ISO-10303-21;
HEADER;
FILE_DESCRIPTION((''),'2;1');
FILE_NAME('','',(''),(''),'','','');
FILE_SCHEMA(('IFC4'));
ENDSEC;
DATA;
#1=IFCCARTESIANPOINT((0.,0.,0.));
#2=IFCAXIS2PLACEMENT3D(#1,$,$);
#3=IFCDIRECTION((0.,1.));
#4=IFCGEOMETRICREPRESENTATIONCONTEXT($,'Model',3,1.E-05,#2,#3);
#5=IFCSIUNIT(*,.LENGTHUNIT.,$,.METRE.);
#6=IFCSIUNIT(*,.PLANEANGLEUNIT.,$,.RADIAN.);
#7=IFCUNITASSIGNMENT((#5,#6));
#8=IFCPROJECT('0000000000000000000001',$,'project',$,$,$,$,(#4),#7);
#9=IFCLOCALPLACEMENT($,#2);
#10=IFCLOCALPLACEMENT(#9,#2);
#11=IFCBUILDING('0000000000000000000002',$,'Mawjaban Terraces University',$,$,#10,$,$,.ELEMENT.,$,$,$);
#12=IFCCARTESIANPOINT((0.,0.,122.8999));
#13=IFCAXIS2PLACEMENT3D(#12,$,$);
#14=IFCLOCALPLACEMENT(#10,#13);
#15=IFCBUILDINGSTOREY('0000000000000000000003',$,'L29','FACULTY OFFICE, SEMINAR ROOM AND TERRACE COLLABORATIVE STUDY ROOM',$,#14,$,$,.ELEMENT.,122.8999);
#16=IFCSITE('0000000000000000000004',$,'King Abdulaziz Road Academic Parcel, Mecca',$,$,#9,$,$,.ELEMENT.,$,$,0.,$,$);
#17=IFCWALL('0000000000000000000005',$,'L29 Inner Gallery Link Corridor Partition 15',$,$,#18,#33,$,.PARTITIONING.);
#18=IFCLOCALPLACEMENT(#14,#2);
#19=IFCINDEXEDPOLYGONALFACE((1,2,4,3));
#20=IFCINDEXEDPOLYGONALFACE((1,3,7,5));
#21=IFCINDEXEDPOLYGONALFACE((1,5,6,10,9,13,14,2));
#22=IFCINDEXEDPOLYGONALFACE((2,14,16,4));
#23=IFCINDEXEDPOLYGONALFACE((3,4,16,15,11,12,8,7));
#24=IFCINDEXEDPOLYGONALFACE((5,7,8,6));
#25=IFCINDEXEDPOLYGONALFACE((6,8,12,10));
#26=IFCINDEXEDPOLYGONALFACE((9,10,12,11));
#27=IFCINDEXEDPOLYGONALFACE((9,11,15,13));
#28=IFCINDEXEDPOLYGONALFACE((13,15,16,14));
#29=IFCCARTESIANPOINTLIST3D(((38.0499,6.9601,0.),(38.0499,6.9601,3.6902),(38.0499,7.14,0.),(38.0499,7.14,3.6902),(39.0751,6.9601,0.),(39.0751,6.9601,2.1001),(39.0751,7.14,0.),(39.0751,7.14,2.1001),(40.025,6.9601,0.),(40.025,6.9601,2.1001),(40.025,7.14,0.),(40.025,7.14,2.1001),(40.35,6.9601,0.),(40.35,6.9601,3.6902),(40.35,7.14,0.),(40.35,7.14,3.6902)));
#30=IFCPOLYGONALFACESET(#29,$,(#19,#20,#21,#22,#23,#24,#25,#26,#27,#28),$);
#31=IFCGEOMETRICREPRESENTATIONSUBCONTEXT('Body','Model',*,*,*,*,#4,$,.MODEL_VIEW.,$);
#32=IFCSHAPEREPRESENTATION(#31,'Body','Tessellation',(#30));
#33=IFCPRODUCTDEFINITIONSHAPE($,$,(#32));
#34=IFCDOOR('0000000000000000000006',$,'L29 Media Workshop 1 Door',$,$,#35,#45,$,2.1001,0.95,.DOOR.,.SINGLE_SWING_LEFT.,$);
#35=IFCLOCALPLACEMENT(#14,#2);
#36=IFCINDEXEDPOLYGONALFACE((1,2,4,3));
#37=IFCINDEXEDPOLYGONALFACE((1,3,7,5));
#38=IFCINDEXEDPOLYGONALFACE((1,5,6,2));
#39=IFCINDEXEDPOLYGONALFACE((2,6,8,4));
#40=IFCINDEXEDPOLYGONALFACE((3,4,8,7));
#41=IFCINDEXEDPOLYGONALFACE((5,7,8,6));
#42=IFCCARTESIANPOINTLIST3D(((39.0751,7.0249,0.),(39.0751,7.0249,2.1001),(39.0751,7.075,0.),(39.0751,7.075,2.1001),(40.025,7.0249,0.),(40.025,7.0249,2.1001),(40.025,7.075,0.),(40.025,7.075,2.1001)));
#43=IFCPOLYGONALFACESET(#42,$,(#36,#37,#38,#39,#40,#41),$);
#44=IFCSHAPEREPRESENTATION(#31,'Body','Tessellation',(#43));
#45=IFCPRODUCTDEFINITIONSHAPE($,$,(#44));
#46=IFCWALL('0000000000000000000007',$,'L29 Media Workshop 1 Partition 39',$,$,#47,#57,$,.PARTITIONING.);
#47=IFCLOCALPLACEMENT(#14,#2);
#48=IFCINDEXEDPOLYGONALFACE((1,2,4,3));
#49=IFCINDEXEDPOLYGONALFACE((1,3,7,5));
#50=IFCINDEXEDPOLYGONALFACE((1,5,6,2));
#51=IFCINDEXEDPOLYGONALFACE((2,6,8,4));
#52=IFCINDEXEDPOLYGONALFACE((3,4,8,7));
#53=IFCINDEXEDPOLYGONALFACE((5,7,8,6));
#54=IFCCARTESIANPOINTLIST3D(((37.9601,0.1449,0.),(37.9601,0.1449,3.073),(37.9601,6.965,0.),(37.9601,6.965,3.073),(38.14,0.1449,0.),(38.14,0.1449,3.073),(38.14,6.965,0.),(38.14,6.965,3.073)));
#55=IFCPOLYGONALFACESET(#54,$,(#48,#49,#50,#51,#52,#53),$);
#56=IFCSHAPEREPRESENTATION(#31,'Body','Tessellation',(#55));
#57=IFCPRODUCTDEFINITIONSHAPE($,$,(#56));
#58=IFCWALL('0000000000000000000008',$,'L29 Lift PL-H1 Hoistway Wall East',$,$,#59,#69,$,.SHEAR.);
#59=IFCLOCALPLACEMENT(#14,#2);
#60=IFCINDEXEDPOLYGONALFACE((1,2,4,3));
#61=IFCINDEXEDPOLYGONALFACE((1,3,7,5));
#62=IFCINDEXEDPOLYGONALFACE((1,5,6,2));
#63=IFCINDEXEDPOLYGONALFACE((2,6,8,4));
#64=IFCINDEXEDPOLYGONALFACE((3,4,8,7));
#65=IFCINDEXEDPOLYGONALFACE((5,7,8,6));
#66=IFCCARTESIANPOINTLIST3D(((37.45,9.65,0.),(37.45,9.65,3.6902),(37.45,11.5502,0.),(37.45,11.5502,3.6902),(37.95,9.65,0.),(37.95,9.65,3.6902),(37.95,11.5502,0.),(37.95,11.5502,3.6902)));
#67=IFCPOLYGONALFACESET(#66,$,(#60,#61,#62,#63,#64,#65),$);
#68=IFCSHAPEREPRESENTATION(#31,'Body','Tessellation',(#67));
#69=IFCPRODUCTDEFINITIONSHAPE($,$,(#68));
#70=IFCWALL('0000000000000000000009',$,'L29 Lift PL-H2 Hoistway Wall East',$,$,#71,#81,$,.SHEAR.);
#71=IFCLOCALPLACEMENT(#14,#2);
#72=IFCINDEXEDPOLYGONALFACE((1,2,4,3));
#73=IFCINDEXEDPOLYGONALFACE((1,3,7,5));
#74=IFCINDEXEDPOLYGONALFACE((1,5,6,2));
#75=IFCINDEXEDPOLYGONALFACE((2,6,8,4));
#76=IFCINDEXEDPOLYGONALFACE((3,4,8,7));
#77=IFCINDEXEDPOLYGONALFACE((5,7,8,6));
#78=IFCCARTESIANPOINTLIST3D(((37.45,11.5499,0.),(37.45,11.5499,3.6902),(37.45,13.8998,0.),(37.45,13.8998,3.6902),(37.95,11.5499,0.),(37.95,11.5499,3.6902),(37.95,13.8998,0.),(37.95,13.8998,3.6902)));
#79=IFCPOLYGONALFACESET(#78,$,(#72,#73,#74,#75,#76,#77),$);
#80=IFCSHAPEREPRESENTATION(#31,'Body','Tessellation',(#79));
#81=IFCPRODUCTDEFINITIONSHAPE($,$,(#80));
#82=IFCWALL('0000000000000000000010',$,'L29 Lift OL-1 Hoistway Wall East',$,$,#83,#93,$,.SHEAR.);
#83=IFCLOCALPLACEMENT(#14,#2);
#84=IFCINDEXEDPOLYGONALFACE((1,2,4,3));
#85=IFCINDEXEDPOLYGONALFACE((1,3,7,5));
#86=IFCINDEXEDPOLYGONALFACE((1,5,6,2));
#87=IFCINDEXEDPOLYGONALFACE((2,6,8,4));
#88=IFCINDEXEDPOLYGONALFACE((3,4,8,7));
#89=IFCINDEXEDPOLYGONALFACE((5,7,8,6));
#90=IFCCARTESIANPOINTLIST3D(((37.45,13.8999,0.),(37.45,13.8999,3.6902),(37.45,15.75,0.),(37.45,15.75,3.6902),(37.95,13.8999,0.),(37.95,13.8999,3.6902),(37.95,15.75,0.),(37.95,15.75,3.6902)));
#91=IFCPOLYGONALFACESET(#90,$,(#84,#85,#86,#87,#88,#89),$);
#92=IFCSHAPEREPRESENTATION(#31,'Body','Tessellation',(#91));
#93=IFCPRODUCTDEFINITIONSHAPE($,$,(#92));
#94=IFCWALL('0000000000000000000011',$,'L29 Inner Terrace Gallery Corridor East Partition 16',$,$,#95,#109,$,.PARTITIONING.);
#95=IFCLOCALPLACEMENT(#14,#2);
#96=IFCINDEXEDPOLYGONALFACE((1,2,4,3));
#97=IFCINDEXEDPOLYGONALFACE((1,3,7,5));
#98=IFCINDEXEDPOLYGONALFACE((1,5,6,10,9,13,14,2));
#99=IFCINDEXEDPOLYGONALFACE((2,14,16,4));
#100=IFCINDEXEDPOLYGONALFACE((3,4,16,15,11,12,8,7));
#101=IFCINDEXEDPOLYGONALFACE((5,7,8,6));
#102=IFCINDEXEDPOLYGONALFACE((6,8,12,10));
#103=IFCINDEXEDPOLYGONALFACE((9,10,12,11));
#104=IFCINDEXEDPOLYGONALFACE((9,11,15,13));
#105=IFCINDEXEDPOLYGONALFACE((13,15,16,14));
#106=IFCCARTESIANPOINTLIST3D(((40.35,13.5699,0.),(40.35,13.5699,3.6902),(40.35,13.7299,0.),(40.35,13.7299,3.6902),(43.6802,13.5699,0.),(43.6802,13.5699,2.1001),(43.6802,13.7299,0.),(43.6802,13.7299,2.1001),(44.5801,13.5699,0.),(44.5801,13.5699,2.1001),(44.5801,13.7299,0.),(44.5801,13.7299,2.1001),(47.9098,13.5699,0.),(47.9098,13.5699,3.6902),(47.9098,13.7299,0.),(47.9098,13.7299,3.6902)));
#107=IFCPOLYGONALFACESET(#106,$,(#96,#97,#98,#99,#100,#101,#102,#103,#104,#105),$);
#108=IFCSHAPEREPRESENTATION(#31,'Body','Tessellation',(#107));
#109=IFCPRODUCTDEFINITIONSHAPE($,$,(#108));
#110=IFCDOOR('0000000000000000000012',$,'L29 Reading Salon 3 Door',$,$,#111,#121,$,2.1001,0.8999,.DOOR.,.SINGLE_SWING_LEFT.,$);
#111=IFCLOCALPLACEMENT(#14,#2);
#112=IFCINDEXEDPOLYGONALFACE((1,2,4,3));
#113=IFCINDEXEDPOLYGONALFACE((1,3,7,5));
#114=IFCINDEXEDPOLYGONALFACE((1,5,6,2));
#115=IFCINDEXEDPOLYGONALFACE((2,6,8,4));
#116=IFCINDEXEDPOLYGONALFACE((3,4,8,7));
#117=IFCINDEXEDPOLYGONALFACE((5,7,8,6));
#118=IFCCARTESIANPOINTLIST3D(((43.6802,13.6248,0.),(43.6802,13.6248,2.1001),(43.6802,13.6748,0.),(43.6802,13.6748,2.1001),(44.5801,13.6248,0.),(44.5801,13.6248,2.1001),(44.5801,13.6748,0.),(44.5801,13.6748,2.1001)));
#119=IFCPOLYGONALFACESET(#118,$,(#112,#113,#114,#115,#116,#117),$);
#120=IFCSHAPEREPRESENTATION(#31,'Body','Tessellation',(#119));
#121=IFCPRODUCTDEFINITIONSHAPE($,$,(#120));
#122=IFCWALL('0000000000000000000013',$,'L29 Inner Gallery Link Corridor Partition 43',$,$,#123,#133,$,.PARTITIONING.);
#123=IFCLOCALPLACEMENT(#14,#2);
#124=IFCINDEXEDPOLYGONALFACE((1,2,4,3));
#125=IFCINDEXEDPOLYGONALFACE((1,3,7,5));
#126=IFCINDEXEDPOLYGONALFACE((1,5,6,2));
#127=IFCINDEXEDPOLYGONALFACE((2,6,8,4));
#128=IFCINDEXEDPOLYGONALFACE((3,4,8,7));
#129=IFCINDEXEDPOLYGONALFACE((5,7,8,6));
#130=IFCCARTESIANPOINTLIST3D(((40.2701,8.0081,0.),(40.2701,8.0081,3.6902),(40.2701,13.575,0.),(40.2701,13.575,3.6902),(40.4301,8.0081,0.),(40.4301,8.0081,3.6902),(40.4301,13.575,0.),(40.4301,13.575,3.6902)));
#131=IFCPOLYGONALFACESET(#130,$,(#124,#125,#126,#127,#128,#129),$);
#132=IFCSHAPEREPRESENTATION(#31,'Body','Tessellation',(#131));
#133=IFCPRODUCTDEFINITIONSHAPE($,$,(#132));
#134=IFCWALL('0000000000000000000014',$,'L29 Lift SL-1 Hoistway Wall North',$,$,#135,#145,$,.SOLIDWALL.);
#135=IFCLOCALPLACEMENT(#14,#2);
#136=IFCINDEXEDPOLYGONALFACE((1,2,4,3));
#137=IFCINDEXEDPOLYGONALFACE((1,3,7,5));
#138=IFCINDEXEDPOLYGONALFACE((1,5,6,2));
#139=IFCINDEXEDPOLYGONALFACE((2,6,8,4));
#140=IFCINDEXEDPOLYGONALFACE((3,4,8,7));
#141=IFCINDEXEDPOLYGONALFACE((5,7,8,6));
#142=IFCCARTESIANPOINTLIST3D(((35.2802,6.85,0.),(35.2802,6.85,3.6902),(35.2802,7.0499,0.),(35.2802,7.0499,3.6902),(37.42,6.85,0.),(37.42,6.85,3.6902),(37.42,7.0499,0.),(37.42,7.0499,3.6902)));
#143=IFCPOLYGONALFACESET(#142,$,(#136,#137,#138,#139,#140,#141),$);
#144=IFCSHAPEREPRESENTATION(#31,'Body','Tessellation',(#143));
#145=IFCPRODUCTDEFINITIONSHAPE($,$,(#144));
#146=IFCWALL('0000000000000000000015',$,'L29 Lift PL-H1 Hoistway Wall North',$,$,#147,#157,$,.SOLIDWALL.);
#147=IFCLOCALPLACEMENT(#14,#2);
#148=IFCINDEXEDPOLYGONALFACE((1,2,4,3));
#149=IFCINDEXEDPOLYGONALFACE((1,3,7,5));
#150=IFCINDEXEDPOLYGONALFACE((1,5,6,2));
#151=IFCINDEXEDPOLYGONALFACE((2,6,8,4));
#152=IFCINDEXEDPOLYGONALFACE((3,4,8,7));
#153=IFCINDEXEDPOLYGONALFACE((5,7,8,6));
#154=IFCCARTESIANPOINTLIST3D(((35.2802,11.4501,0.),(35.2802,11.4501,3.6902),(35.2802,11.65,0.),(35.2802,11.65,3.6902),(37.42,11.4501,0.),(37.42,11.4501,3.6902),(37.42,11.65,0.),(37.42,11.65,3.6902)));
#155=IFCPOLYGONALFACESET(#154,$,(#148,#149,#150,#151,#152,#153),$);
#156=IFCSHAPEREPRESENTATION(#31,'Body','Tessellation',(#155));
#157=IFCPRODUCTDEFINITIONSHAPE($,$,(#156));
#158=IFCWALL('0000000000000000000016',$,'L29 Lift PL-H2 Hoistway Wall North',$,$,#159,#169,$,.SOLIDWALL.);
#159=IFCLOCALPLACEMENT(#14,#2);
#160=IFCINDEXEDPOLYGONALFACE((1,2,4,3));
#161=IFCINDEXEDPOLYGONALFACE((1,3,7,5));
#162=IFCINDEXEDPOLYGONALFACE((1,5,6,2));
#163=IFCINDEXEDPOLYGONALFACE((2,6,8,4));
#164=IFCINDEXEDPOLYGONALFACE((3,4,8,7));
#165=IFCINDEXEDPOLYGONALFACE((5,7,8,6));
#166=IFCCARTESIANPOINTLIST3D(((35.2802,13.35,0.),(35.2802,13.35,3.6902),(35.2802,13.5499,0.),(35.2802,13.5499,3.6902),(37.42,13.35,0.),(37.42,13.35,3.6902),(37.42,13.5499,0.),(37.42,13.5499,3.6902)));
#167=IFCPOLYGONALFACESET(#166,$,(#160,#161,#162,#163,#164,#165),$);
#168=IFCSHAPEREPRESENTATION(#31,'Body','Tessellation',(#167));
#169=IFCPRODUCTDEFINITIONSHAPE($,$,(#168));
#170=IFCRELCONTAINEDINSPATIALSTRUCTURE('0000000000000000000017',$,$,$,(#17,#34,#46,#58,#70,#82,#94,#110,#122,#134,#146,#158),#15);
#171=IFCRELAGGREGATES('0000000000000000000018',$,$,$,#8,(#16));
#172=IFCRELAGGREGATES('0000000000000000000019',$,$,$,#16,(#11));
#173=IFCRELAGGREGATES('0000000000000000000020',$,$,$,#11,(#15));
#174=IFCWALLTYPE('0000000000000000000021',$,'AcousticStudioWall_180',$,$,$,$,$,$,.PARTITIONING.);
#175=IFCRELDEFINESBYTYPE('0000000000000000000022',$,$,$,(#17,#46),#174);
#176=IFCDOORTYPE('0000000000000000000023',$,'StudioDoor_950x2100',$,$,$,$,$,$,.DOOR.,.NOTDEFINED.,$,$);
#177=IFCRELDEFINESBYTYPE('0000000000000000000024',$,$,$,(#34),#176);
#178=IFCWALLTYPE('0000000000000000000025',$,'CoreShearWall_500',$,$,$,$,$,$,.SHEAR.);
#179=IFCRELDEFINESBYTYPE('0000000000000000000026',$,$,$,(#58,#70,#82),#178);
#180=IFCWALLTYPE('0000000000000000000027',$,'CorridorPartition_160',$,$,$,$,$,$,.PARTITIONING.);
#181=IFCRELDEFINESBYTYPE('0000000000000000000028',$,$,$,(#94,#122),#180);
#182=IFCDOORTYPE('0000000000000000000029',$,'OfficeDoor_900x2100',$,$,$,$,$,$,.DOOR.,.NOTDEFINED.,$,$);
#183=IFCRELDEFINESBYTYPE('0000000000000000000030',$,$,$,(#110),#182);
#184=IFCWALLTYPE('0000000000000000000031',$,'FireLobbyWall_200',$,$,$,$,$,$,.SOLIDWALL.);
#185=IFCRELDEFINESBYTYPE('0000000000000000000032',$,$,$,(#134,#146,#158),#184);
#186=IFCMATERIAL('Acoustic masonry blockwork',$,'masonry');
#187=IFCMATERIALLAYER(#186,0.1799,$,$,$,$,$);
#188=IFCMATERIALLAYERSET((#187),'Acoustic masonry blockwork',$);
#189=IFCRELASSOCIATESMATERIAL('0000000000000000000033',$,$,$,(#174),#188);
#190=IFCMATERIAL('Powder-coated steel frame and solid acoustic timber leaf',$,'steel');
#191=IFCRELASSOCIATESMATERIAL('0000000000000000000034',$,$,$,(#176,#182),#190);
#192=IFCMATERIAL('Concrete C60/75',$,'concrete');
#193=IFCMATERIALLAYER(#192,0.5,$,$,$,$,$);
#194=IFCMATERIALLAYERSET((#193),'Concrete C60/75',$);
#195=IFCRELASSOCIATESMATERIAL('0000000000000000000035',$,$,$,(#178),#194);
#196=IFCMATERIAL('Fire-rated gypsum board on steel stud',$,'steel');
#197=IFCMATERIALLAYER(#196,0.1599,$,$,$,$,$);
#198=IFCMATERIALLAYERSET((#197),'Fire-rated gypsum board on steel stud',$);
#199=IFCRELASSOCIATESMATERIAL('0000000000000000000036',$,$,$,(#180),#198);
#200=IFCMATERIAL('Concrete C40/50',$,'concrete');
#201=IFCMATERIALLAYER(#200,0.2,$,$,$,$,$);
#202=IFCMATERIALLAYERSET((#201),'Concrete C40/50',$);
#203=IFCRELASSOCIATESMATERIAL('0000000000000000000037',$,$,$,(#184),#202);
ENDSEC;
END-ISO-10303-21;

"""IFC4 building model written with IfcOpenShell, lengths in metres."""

from ifc_helpers import new_model, si_unit, direction, frame, frame_2d, origin, place, context, subcontext, project, spatial, rectangle, extrude, material, layer, layer_set, type_object, element, fill, save


model = new_model("IFC4")

# Units and contexts
model_context = context("Model", 3, precision=1e-05, world=origin(), true_north=direction((0.0, 1.0)))
body_context = subcontext(model_context, "Body", "Model", "MODEL_VIEW")
ifc_project = project(units=[si_unit("LENGTHUNIT", "METRE"), si_unit("PLANEANGLEUNIT", "RADIAN")], contexts=[model_context])

# Site, building, storey
site_placement = place(None, origin())
site = spatial("IfcSite", under=ifc_project, at=site_placement, Name="King Abdulaziz Road Academic Parcel, Mecca", CompositionType="ELEMENT", RefElevation=0.0)
building_placement = place(site_placement, origin())
building = spatial("IfcBuilding", under=site, at=building_placement, Name="Mawjaban Terraces University", CompositionType="ELEMENT")
storey_placement = place(building_placement, frame((0.0, 0.0, 122.8999)))
storey = spatial("IfcBuildingStorey", under=building, at=storey_placement, Name="L29", Description="FACULTY OFFICE, SEMINAR ROOM AND TERRACE COLLABORATIVE STUDY ROOM", CompositionType="ELEMENT", Elevation=122.8999)

# Wall, opening, door
ifc_material_1 = material(Name="Acoustic masonry blockwork", Category="masonry")
ifc_layer_1 = layer(ifc_material_1, 0.1799)
ifc_layer_set_1 = layer_set([ifc_layer_1], Name="Acoustic masonry blockwork")
wall_type_1 = type_object("IfcWallType", Name="AcousticStudioWall_180", PredefinedType="PARTITIONING", material=ifc_layer_set_1)
wall_1_placement = place(storey_placement, frame((38.05, 7.05, 0.0), z_axis=(0.0, 0.0, 1.0), x_axis=(1.0, 0.0, 0.0)))
wall_1 = element("IfcWall", 1, at=wall_1_placement, inside=storey, type_object=wall_type_1, Name="L29 Inner Gallery Link Corridor Partition 15", PredefinedType="PARTITIONING", context=body_context, shape_type="SweptSolid", body=[
    extrude(rectangle(XDim=2.3, YDim=0.1799, at=frame_2d((1.1499, 0.0))), origin(), (0.0, 0.0, 1.0), 3.6902),
])
opening_1_placement = place(wall_1_placement, frame((1.0249, 0.0, 0.0)))
opening_1 = element("IfcOpeningElement", 2, at=opening_1_placement, cuts=wall_1, PredefinedType="OPENING", context=body_context, shape_type="SweptSolid", body=[
    extrude(rectangle(XDim=0.95, YDim=2.1001, at=frame_2d((0.4751, 1.05))), frame((0.0, 0.0999, 0.0), z_axis=(0.0, -1.0, 0.0), x_axis=(1.0, 0.0, 0.0)), (0.0, 0.0, 1.0), 0.2),
])
ifc_material_2 = material(Name="Powder-coated steel frame and solid acoustic timber leaf", Category="steel")
door_type_1 = type_object("IfcDoorType", Name="StudioDoor_950x2100", OperationType="NOTDEFINED", PredefinedType="DOOR", material=ifc_material_2)
door_1_placement = place(opening_1_placement, origin())
door_1 = element("IfcDoor", 3, at=door_1_placement, inside=storey, type_object=door_type_1, Name="L29 Media Workshop 1 Door", OperationType="SINGLE_SWING_LEFT", OverallHeight=2.1001, OverallWidth=0.95, PredefinedType="DOOR", context=body_context, shape_type="SweptSolid", body=[
    extrude(rectangle(XDim=0.95, YDim=2.1001, at=frame_2d((0.4751, 1.05))), frame((0.0, 0.0249, 0.0), z_axis=(0.0, -1.0, 0.0), x_axis=(1.0, 0.0, 0.0)), (0.0, 0.0, 1.0), 0.05),
])
fill(opening_1, door_1)

# Walls
wall_2_placement = place(storey_placement, frame((38.05, 6.9651, 0.0), z_axis=(0.0, 0.0, 1.0), x_axis=(0.0, -1.0, 0.0)))
element("IfcWall", 4, at=wall_2_placement, inside=storey, type_object=wall_type_1, Name="L29 Media Workshop 1 Partition 39", PredefinedType="PARTITIONING", context=body_context, shape_type="SweptSolid", body=[
    extrude(rectangle(XDim=6.8201, YDim=0.1799, at=frame_2d((3.4102, 0.0))), origin(), (0.0, 0.0, 1.0), 3.073),
])
ifc_material_3 = material(Name="Concrete C60/75", Category="concrete")
ifc_layer_2 = layer(ifc_material_3, 0.5)
ifc_layer_set_2 = layer_set([ifc_layer_2], Name="Concrete C60/75")
wall_type_2 = type_object("IfcWallType", Name="CoreShearWall_500", PredefinedType="SHEAR", material=ifc_layer_set_2)
wall_3_placement = place(storey_placement, frame((37.7, 9.6499, 0.0), z_axis=(0.0, 0.0, 1.0), x_axis=(0.0, 1.0, 0.0)))
element("IfcWall", 5, at=wall_3_placement, inside=storey, type_object=wall_type_2, Name="L29 Lift PL-H1 Hoistway Wall East", PredefinedType="SHEAR", context=body_context, shape_type="SweptSolid", body=[
    extrude(rectangle(XDim=1.9001, YDim=0.5, at=frame_2d((0.9502, 0.0))), origin(), (0.0, 0.0, 1.0), 3.6902),
])
wall_4_placement = place(storey_placement, frame((37.7, 11.55, 0.0), z_axis=(0.0, 0.0, 1.0), x_axis=(0.0, 1.0, 0.0)))
element("IfcWall", 6, at=wall_4_placement, inside=storey, type_object=wall_type_2, Name="L29 Lift PL-H2 Hoistway Wall East", PredefinedType="SHEAR", context=body_context, shape_type="SweptSolid", body=[
    extrude(rectangle(XDim=2.3499, YDim=0.5, at=frame_2d((1.1748, 0.0))), origin(), (0.0, 0.0, 1.0), 3.6902),
])
wall_5_placement = place(storey_placement, frame((37.7, 13.8999, 0.0), z_axis=(0.0, 0.0, 1.0), x_axis=(0.0, 1.0, 0.0)))
element("IfcWall", 7, at=wall_5_placement, inside=storey, type_object=wall_type_2, Name="L29 Lift OL-1 Hoistway Wall East", PredefinedType="SHEAR", context=body_context, shape_type="SweptSolid", body=[
    extrude(rectangle(XDim=1.8501, YDim=0.5, at=frame_2d((0.925, 0.0))), origin(), (0.0, 0.0, 1.0), 3.6902),
])

# Wall, opening, door
ifc_material_4 = material(Name="Fire-rated gypsum board on steel stud", Category="steel")
ifc_layer_3 = layer(ifc_material_4, 0.1599)
ifc_layer_set_3 = layer_set([ifc_layer_3], Name="Fire-rated gypsum board on steel stud")
wall_type_3 = type_object("IfcWallType", Name="CorridorPartition_160", PredefinedType="PARTITIONING", material=ifc_layer_set_3)
wall_6_placement = place(storey_placement, frame((40.3501, 13.6499, 0.0), z_axis=(0.0, 0.0, 1.0), x_axis=(1.0, 0.0, 0.0)))
wall_6 = element("IfcWall", 8, at=wall_6_placement, inside=storey, type_object=wall_type_3, Name="L29 Inner Terrace Gallery Corridor East Partition 16", PredefinedType="PARTITIONING", context=body_context, shape_type="SweptSolid", body=[
    extrude(rectangle(XDim=7.5598, YDim=0.1599, at=frame_2d((3.7798, 0.0))), origin(), (0.0, 0.0, 1.0), 3.6902),
])
opening_2_placement = place(wall_6_placement, frame((3.3301, 0.0, 0.0)))
opening_2 = element("IfcOpeningElement", 9, at=opening_2_placement, cuts=wall_6, PredefinedType="OPENING", context=body_context, shape_type="SweptSolid", body=[
    extrude(rectangle(XDim=0.8999, YDim=2.1001, at=frame_2d((0.45, 1.05))), frame((0.0, 0.0898, 0.0), z_axis=(0.0, -1.0, 0.0), x_axis=(1.0, 0.0, 0.0)), (0.0, 0.0, 1.0), 0.1799),
])
door_type_2 = type_object("IfcDoorType", Name="OfficeDoor_900x2100", OperationType="NOTDEFINED", PredefinedType="DOOR", material=ifc_material_2)
door_2_placement = place(opening_2_placement, origin())
door_2 = element("IfcDoor", 10, at=door_2_placement, inside=storey, type_object=door_type_2, Name="L29 Reading Salon 3 Door", OperationType="SINGLE_SWING_LEFT", OverallHeight=2.1001, OverallWidth=0.8999, PredefinedType="DOOR", context=body_context, shape_type="SweptSolid", body=[
    extrude(rectangle(XDim=0.8999, YDim=2.1001, at=frame_2d((0.45, 1.05))), frame((0.0, 0.0249, 0.0), z_axis=(0.0, -1.0, 0.0), x_axis=(1.0, 0.0, 0.0)), (0.0, 0.0, 1.0), 0.05),
])
fill(opening_2, door_2)

# Walls
wall_7_placement = place(storey_placement, frame((40.3501, 8.0081, 0.0), z_axis=(0.0, 0.0, 1.0), x_axis=(0.0, 1.0, 0.0)))
element("IfcWall", 11, at=wall_7_placement, inside=storey, type_object=wall_type_3, Name="L29 Inner Gallery Link Corridor Partition 43", PredefinedType="PARTITIONING", context=body_context, shape_type="SweptSolid", body=[
    extrude(rectangle(XDim=5.5669, YDim=0.1599, at=frame_2d((2.7834, 0.0))), origin(), (0.0, 0.0, 1.0), 3.6902),
])
ifc_material_5 = material(Name="Concrete C40/50", Category="concrete")
ifc_layer_4 = layer(ifc_material_5, 0.2)
ifc_layer_set_4 = layer_set([ifc_layer_4], Name="Concrete C40/50")
wall_type_4 = type_object("IfcWallType", Name="FireLobbyWall_200", PredefinedType="SOLIDWALL", material=ifc_layer_set_4)
for number, where, z_axis, x_axis, name in (
    (12, (37.4199, 6.95, 0.0), (0.0, 0.0, 1.0), (-1.0, 0.0, 0.0), "L29 Lift SL-1 Hoistway Wall North"),
    (13, (37.4199, 11.55, 0.0), (0.0, 0.0, 1.0), (-1.0, 0.0, 0.0), "L29 Lift PL-H1 Hoistway Wall North"),
    (14, (37.4199, 13.45, 0.0), (0.0, 0.0, 1.0), (-1.0, 0.0, 0.0), "L29 Lift PL-H2 Hoistway Wall North"),
):
    element("IfcWall", number, at=place(storey_placement, frame(where, z_axis=z_axis, x_axis=x_axis)), inside=storey, type_object=wall_type_4, Name=name, PredefinedType="SOLIDWALL", context=body_context, shape_type="SweptSolid", body=[
        extrude(rectangle(XDim=2.1399, YDim=0.2, at=frame_2d((1.0698, 0.0))), origin(), (0.0, 0.0, 1.0), 3.6902),
    ])

save(model, "model.ifc")
